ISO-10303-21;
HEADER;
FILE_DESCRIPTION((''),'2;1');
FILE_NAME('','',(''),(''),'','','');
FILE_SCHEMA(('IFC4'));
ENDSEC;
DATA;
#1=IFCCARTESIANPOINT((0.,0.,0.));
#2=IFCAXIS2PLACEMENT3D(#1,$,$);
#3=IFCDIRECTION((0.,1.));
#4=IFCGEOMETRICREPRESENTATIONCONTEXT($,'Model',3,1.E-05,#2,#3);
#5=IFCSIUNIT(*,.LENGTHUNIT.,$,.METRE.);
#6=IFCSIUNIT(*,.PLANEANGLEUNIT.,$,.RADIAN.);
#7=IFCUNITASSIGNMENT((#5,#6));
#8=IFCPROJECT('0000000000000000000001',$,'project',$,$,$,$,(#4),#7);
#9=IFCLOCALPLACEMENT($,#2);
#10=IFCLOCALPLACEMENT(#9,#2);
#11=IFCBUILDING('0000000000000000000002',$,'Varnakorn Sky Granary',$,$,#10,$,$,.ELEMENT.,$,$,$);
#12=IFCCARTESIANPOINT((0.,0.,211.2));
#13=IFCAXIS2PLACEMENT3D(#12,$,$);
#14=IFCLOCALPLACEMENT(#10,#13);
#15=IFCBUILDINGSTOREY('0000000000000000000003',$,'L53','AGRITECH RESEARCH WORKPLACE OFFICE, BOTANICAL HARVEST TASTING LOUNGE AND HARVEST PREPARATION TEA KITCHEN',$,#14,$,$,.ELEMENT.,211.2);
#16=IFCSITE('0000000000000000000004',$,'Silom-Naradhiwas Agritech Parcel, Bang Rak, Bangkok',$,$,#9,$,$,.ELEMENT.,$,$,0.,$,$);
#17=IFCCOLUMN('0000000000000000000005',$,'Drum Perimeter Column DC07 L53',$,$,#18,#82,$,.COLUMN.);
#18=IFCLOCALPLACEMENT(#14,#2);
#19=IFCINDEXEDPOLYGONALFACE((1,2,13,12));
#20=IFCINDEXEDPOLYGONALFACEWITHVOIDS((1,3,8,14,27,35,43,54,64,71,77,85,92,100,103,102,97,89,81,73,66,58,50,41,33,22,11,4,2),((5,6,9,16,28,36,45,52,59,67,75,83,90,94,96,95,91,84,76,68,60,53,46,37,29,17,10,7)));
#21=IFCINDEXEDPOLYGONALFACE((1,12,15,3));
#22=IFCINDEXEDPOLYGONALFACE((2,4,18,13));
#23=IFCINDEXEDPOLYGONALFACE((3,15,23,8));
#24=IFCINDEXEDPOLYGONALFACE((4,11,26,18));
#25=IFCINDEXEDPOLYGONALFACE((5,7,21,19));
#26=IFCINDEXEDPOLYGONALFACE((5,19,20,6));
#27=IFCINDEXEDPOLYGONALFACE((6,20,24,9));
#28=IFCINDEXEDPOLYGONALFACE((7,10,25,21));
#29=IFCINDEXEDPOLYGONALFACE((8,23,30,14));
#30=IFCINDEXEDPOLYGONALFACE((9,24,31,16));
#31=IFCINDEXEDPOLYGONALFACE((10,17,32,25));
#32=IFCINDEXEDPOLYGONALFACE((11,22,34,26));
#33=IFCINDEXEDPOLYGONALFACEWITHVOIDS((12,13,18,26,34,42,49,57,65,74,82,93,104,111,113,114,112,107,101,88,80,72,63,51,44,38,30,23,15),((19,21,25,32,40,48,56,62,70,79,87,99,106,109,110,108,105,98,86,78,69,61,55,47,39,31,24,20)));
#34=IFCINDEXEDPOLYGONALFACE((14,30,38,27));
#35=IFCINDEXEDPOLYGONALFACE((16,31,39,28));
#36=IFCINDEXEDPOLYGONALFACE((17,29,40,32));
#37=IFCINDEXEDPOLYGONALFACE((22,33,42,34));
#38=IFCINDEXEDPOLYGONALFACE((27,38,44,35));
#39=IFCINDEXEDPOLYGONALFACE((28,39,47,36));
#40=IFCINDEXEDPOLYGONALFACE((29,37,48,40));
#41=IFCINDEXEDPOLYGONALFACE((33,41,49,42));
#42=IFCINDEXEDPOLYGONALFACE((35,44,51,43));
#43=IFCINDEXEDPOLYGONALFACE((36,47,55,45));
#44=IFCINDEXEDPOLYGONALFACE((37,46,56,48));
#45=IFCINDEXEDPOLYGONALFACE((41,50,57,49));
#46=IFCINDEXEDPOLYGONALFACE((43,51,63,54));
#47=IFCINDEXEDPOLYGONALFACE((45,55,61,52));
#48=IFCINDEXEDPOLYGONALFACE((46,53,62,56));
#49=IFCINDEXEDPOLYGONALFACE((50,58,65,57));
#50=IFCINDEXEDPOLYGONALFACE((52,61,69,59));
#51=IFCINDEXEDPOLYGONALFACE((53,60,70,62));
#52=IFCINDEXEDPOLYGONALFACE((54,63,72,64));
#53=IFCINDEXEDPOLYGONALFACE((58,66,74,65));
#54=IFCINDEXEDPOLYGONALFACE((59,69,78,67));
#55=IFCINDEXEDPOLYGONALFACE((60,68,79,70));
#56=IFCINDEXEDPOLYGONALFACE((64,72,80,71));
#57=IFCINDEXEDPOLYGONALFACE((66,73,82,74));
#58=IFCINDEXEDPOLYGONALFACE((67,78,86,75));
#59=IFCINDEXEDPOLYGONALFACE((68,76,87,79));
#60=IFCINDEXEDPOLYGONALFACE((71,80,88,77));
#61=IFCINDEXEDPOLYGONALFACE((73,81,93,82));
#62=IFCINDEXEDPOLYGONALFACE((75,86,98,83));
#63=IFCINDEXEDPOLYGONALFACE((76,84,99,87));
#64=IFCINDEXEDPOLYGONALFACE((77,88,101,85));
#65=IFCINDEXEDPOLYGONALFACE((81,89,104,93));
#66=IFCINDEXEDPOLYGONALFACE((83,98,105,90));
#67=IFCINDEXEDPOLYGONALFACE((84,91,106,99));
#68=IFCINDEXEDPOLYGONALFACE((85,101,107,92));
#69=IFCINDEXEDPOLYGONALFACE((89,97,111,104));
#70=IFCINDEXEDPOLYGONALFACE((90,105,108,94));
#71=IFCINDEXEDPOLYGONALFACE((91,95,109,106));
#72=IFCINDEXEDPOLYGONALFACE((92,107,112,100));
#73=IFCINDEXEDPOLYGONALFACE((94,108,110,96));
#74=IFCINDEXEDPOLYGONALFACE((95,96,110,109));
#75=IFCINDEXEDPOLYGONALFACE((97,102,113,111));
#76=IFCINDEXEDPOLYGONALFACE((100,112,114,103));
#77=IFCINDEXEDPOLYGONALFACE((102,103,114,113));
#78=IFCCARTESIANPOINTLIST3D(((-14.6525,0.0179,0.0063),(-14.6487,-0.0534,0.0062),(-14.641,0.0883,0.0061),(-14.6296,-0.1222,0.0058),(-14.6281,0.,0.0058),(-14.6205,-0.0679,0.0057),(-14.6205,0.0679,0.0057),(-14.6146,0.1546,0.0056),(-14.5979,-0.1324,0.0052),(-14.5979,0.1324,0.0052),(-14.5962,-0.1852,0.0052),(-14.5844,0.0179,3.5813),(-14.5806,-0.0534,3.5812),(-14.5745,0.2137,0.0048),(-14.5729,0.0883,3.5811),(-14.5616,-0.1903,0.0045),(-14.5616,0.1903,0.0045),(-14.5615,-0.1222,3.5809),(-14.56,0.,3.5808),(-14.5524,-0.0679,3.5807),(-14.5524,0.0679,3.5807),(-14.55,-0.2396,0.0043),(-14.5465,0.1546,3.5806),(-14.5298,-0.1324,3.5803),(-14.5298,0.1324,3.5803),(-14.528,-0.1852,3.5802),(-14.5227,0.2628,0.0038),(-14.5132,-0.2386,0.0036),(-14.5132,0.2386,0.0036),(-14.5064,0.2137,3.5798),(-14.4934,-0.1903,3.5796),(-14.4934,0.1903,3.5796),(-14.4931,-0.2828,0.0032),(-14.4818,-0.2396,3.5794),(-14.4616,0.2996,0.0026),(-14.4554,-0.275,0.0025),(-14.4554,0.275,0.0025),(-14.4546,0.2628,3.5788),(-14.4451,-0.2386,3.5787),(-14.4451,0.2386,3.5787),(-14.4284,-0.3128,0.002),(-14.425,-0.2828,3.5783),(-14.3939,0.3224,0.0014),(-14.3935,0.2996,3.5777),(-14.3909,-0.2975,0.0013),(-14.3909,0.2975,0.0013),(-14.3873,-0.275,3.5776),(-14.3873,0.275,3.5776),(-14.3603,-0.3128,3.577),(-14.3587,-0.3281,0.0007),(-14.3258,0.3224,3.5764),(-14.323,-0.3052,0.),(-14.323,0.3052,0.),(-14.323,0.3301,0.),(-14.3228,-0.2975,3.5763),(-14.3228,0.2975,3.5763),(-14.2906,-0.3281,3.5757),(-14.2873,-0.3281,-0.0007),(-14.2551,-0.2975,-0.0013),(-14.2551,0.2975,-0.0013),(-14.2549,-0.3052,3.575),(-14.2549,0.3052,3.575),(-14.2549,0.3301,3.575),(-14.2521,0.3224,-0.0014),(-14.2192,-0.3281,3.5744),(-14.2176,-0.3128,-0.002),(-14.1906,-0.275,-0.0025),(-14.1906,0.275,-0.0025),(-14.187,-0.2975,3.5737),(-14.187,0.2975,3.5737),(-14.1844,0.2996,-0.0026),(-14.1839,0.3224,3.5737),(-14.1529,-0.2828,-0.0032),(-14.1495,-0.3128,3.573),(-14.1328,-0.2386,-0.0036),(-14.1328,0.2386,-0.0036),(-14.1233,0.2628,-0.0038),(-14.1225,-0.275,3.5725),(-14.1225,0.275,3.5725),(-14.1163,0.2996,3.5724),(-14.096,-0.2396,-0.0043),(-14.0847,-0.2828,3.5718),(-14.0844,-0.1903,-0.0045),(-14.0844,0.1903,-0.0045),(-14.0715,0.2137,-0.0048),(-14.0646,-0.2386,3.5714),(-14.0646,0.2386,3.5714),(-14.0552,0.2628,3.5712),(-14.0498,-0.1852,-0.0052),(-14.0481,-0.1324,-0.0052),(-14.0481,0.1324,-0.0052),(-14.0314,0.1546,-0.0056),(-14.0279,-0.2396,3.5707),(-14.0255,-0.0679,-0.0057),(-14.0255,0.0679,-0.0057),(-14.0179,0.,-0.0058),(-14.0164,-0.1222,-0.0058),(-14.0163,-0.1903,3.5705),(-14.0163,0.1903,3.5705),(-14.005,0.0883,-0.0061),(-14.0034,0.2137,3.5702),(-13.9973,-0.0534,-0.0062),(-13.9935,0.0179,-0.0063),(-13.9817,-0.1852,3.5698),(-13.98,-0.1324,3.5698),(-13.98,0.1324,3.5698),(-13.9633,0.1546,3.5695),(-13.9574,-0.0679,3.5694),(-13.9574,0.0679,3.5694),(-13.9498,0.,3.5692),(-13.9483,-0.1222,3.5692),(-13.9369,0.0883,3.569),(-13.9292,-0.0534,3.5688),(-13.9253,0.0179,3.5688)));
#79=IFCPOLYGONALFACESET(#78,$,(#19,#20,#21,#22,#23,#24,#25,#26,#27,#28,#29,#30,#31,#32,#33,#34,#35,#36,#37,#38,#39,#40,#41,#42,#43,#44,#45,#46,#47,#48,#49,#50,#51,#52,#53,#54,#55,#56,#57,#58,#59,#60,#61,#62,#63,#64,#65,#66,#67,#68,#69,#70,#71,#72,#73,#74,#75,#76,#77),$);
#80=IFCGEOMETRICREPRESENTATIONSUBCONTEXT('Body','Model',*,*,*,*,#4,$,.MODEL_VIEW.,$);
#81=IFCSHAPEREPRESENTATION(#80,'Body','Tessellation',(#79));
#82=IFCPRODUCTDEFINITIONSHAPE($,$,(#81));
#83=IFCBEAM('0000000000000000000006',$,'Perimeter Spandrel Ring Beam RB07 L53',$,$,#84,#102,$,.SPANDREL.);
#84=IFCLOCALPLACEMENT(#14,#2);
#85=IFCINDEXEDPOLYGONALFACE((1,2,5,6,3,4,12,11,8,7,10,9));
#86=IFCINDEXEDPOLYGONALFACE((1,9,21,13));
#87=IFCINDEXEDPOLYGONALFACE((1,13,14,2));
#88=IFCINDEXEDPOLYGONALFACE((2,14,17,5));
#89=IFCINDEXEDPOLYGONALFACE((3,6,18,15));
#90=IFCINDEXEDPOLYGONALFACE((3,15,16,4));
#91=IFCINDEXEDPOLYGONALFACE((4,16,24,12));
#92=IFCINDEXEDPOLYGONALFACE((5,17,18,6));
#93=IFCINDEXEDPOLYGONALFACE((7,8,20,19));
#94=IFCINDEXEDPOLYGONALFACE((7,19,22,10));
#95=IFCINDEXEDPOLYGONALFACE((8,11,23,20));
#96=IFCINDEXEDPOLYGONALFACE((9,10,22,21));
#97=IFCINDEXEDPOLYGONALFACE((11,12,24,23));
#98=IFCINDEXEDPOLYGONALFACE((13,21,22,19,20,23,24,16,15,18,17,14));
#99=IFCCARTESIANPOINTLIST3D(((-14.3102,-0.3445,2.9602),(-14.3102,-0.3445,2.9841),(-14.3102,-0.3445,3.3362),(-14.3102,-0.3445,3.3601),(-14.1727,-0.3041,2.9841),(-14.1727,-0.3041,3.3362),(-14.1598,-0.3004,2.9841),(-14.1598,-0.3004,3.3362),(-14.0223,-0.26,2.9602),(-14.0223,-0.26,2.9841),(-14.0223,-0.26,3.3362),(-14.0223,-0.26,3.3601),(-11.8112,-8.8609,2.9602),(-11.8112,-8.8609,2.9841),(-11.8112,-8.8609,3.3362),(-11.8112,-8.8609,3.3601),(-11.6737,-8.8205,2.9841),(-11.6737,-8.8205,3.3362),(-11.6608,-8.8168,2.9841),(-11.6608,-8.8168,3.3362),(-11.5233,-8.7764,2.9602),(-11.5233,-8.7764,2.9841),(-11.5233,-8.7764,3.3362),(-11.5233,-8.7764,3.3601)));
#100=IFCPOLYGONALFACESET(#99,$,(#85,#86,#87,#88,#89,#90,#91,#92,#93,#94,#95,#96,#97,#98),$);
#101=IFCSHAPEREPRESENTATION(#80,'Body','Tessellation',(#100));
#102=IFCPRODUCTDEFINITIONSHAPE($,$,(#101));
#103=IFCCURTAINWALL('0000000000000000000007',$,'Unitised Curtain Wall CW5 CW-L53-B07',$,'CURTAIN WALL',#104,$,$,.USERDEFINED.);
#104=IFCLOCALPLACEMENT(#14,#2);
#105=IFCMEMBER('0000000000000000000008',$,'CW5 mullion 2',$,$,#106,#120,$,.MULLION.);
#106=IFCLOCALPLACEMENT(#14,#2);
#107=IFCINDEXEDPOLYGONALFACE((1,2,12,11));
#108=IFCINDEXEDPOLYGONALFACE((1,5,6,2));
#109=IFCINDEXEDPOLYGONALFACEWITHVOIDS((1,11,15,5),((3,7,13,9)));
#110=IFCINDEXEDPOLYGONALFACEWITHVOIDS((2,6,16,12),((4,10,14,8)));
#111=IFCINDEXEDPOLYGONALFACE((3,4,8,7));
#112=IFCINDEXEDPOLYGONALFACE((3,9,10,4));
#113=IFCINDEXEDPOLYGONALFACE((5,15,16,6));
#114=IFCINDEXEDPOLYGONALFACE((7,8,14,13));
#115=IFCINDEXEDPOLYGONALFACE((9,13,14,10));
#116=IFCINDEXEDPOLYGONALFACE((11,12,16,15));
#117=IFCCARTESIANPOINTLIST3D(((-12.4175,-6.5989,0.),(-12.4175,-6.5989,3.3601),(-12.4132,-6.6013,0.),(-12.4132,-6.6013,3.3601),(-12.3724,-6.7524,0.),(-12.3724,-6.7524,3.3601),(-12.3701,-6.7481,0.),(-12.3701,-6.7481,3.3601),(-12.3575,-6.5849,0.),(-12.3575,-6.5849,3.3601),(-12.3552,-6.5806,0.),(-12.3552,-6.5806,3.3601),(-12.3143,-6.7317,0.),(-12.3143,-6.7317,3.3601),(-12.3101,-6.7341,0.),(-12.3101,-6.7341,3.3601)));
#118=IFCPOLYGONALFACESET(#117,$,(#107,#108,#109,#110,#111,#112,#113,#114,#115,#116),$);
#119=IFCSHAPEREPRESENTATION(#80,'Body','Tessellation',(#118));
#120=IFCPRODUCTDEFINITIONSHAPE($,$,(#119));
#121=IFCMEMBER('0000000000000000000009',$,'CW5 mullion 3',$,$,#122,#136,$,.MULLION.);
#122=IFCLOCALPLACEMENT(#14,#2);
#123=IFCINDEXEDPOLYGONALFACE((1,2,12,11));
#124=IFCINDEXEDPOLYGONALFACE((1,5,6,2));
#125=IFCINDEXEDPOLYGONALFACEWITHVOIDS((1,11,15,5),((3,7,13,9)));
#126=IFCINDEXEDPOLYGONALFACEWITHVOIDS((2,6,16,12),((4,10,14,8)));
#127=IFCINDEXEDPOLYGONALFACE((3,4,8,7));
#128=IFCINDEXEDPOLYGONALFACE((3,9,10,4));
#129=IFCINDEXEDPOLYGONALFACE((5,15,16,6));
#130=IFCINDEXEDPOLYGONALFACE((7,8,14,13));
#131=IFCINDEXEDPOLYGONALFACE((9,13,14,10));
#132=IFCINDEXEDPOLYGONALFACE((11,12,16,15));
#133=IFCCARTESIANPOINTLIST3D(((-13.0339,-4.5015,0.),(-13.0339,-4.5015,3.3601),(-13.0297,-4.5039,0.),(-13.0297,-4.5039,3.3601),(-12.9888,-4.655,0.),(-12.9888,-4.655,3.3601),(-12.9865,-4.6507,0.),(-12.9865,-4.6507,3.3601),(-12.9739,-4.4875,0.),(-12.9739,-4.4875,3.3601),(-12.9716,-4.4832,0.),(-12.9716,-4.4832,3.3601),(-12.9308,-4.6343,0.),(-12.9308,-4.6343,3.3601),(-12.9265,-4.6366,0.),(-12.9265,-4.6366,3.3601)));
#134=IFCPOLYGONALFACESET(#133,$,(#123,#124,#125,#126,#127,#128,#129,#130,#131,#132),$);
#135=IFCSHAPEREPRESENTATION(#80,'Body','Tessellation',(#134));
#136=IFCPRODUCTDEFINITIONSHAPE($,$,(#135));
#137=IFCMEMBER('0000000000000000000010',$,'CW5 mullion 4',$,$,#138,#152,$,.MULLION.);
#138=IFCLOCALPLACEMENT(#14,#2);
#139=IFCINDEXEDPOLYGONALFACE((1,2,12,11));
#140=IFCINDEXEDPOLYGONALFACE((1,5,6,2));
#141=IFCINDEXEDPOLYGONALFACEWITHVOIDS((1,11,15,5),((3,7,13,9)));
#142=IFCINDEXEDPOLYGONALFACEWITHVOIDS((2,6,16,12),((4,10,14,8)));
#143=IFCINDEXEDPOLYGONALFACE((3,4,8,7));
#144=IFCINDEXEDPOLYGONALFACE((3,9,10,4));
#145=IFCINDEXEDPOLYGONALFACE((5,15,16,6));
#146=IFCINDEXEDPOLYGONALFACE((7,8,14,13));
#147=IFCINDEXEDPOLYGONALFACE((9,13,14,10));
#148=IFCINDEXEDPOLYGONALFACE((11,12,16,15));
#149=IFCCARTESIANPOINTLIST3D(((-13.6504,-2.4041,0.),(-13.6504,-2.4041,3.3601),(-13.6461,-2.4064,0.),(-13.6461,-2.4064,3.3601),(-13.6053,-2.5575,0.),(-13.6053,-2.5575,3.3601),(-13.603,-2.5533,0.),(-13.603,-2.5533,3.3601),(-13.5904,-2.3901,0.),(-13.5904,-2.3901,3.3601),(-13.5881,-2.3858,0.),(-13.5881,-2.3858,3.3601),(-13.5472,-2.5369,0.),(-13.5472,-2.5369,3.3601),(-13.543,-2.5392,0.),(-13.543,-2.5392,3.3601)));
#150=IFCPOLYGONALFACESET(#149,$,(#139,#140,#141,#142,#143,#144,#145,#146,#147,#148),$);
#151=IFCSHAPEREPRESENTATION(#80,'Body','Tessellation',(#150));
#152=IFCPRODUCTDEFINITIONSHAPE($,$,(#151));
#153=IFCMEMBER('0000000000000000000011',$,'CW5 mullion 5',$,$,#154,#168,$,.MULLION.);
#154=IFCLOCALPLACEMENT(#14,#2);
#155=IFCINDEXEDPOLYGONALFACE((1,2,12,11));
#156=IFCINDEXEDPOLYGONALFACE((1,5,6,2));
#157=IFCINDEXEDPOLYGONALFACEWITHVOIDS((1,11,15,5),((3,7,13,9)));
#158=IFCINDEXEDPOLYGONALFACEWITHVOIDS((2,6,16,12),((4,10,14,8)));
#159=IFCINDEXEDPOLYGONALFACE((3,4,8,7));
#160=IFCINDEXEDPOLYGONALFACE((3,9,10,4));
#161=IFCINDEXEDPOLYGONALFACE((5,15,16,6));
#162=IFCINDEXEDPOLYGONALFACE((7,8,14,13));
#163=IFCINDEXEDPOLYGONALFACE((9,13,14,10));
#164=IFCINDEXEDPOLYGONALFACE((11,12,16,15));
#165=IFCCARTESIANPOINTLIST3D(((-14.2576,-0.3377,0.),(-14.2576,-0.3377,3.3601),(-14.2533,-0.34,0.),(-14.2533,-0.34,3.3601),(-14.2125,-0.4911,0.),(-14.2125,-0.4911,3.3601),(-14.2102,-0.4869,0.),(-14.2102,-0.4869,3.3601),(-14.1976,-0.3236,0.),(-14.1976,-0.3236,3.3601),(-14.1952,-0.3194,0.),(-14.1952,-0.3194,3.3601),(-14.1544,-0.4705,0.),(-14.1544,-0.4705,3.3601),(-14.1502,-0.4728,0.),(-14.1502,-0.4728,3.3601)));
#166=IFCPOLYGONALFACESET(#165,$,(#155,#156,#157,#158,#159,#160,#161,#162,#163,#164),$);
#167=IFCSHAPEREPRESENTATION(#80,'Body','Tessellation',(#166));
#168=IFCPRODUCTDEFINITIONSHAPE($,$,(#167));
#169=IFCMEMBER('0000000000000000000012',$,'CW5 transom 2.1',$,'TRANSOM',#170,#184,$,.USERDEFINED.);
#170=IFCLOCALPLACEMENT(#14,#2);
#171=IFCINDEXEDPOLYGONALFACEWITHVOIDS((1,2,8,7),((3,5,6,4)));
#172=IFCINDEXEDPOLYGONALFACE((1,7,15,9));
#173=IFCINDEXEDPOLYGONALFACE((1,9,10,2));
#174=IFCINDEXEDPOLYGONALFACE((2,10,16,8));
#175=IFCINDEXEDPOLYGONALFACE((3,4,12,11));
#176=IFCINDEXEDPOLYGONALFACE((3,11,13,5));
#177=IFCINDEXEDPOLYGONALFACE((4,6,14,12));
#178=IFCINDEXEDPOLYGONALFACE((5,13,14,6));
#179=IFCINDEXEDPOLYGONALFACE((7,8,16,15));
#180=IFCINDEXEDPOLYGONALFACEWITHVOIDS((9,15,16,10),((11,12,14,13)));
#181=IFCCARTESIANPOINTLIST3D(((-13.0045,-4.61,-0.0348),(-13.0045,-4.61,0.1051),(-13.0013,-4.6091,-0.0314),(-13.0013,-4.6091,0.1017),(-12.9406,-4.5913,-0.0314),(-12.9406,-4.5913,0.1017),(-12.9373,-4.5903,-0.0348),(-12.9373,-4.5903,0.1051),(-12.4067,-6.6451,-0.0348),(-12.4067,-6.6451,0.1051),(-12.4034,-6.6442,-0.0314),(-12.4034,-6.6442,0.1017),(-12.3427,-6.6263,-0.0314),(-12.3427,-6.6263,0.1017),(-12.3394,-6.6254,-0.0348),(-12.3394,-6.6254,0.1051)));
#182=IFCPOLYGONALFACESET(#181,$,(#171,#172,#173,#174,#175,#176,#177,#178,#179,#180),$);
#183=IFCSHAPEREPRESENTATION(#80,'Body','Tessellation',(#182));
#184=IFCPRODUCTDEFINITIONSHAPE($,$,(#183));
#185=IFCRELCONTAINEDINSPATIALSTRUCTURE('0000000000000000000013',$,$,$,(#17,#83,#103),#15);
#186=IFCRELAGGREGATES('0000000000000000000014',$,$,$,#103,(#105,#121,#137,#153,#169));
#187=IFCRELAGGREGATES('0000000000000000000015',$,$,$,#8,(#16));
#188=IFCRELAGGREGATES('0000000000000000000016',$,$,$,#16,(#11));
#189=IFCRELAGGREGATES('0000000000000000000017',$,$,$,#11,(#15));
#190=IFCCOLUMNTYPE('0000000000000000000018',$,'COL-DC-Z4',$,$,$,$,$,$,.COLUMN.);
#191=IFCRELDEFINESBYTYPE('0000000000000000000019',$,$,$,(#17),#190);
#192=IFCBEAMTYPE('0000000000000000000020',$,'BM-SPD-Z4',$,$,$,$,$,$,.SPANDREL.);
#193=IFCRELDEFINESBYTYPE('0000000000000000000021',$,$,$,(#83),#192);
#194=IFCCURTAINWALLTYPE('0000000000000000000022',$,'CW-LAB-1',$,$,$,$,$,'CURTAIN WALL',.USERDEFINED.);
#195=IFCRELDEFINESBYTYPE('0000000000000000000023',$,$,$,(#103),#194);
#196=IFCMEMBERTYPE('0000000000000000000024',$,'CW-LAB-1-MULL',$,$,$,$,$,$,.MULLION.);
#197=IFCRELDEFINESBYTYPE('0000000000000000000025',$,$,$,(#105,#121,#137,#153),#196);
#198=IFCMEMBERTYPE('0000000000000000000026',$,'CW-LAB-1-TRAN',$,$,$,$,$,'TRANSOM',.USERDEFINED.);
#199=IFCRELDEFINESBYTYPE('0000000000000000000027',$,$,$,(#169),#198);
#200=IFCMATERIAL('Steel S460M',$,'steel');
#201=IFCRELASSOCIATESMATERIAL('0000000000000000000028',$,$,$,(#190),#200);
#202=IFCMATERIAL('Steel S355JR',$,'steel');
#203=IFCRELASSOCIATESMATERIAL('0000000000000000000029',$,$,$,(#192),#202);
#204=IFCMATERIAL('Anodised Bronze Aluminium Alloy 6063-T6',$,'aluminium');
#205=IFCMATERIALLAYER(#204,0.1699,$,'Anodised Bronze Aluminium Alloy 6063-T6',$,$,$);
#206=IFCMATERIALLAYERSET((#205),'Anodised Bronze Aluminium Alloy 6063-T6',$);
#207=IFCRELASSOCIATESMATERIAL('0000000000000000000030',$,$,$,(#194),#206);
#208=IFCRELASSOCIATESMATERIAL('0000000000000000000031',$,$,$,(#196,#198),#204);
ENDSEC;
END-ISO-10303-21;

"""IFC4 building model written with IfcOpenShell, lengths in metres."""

from ifc_helpers import new_model, si_unit, direction, frame, origin, origin_2d, place, context, subcontext, project, spatial, hollow_rectangle, hollow_circle, i_section, extrude, material, layer, layer_set, material_profile, profile_set, type_object, element, aggregate, save


model = new_model("IFC4")

# Units and contexts
model_context = context("Model", 3, precision=1e-05, world=origin(), true_north=direction((0.0, 1.0)))
body_context = subcontext(model_context, "Body", "Model", "MODEL_VIEW")
ifc_project = project(units=[si_unit("LENGTHUNIT", "METRE"), si_unit("PLANEANGLEUNIT", "RADIAN")], contexts=[model_context])

# Site, building, storey
site_placement = place(None, origin())
site = spatial("IfcSite", under=ifc_project, at=site_placement, Name="Silom-Naradhiwas Agritech Parcel, Bang Rak, Bangkok", CompositionType="ELEMENT", RefElevation=0.0)
building_placement = place(site_placement, origin())
building = spatial("IfcBuilding", under=site, at=building_placement, Name="Varnakorn Sky Granary", CompositionType="ELEMENT")
storey_placement = place(building_placement, frame((0.0, 0.0, 211.2)))
storey = spatial("IfcBuildingStorey", under=building, at=storey_placement, Name="L53", Description="AGRITECH RESEARCH WORKPLACE OFFICE, BOTANICAL HARVEST TASTING LOUNGE AND HARVEST PREPARATION TEA KITCHEN", CompositionType="ELEMENT", Elevation=211.2)

# Column
ifc_material_1 = material(Name="Steel S460M", Category="steel")
ifc_material_profile_1 = material_profile(ifc_material_1, hollow_circle(Radius=0.3301, WallThickness=0.0249, at=origin_2d()), Name="CHS 660x25")
ifc_profile_set_1 = profile_set([ifc_material_profile_1], Name="Steel S460M")
column_type = type_object("IfcColumnType", Name="COL-DC-Z4", PredefinedType="COLUMN", material=ifc_profile_set_1)
column_placement = place(storey_placement, frame((-14.323, 0.0, 0.0), z_axis=(0.01905, 0.0, 0.999819), x_axis=(0.0, 1.0, 0.0)))
element("IfcColumn", 1, at=column_placement, inside=storey, type_object=column_type, Name="Drum Perimeter Column DC07 L53", PredefinedType="COLUMN", context=body_context, shape_type="SweptSolid", body=[
    extrude(hollow_circle(Radius=0.3301, WallThickness=0.0249, at=origin_2d()), origin(), (0.0, 0.0, 1.0), 3.5757),
])

# Beam
ifc_material_2 = material(Name="Steel S355JR", Category="steel")
ifc_material_profile_2 = material_profile(ifc_material_2, i_section(OverallWidth=0.3, OverallDepth=0.3999, WebThickness=0.0134, FlangeThickness=0.0239, at=origin_2d()), Name="HE 400 B")
ifc_profile_set_2 = profile_set([ifc_material_profile_2], Name="Steel S355JR")
beam_type = type_object("IfcBeamType", Name="BM-SPD-Z4", PredefinedType="SPANDREL", material=ifc_profile_set_2)
beam_placement = place(storey_placement, frame((-14.1663, -0.3022, 3.1602), z_axis=(0.281566, -0.959542, 0.0), x_axis=(0.959542, 0.281566, 0.0)))
element("IfcBeam", 2, at=beam_placement, inside=storey, type_object=beam_type, Name="Perimeter Spandrel Ring Beam RB07 L53", PredefinedType="SPANDREL", context=body_context, shape_type="SweptSolid", body=[
    extrude(i_section(OverallWidth=0.3, OverallDepth=0.3999, WebThickness=0.0134, FlangeThickness=0.0239, at=origin_2d()), origin(), (0.0, 0.0, 1.0), 8.8755),
])

# Curtain wall, members
ifc_material_3 = material(Name="Anodised Bronze Aluminium Alloy 6063-T6", Category="aluminium")
ifc_layer_1 = layer(ifc_material_3, 0.1699, Name="Anodised Bronze Aluminium Alloy 6063-T6")
ifc_layer_set_1 = layer_set([ifc_layer_1], Name="Anodised Bronze Aluminium Alloy 6063-T6")
curtain_wall_type = type_object("IfcCurtainWallType", Name="CW-LAB-1", ElementType="CURTAIN WALL", PredefinedType="USERDEFINED", material=ifc_layer_set_1)
curtain_wall_placement = place(storey_placement, origin())
curtain_wall = element("IfcCurtainWall", 3, at=curtain_wall_placement, inside=storey, type_object=curtain_wall_type, Name="Unitised Curtain Wall CW5 CW-L53-B07", ObjectType="CURTAIN WALL", PredefinedType="USERDEFINED")
ifc_material_profile_3 = material_profile(ifc_material_3, hollow_rectangle(XDim=0.0649, YDim=0.1599, WallThickness=0.0034, at=origin_2d()), Name="ALU MULL 65x160")
ifc_profile_set_3 = profile_set([ifc_material_profile_3], Name="Anodised Bronze Aluminium Alloy 6063-T6")
member_type_1 = type_object("IfcMemberType", Name="CW-LAB-1-MULL", PredefinedType="MULLION", material=ifc_profile_set_3)
member_1_placement = place(storey_placement, frame((-12.3638, -6.6665, 0.0), z_axis=(0.0, 0.0, 1.0), x_axis=(-0.959425, -0.281963, 0.0)))
member_1 = element("IfcMember", 4, at=member_1_placement, type_object=member_type_1, Name="CW5 mullion 2", PredefinedType="MULLION", context=body_context, shape_type="SweptSolid", body=[
    extrude(hollow_rectangle(XDim=0.0649, YDim=0.1599, WallThickness=0.0034, at=origin_2d()), origin(), (0.0, 0.0, 1.0), 3.3601),
])
member_2_placement = place(storey_placement, frame((-12.9802, -4.5691, 0.0), z_axis=(0.0, 0.0, 1.0), x_axis=(-0.959425, -0.281963, 0.0)))
member_2 = element("IfcMember", 5, at=member_2_placement, type_object=member_type_1, Name="CW5 mullion 3", PredefinedType="MULLION", context=body_context, shape_type="SweptSolid", body=[
    extrude(hollow_rectangle(XDim=0.0649, YDim=0.1599, WallThickness=0.0034, at=origin_2d()), origin(), (0.0, 0.0, 1.0), 3.3601),
])
member_3_placement = place(storey_placement, frame((-13.5967, -2.4717, 0.0), z_axis=(0.0, 0.0, 1.0), x_axis=(-0.959425, -0.281963, 0.0)))
member_3 = element("IfcMember", 6, at=member_3_placement, type_object=member_type_1, Name="CW5 mullion 4", PredefinedType="MULLION", context=body_context, shape_type="SweptSolid", body=[
    extrude(hollow_rectangle(XDim=0.0649, YDim=0.1599, WallThickness=0.0034, at=origin_2d()), origin(), (0.0, 0.0, 1.0), 3.3601),
])
member_4_placement = place(storey_placement, frame((-14.2039, -0.4053, 0.0), z_axis=(0.0, 0.0, 1.0), x_axis=(-0.959425, -0.281963, 0.0)))
member_4 = element("IfcMember", 7, at=member_4_placement, type_object=member_type_1, Name="CW5 mullion 5", PredefinedType="MULLION", context=body_context, shape_type="SweptSolid", body=[
    extrude(hollow_rectangle(XDim=0.0649, YDim=0.1599, WallThickness=0.0034, at=origin_2d()), origin(), (0.0, 0.0, 1.0), 3.3601),
])
ifc_material_profile_4 = material_profile(ifc_material_3, hollow_rectangle(XDim=0.0701, YDim=0.1399, WallThickness=0.0034, at=origin_2d()), Name="ALU TRAN 70x140")
ifc_profile_set_4 = profile_set([ifc_material_profile_4], Name="Anodised Bronze Aluminium Alloy 6063-T6")
member_type_2 = type_object("IfcMemberType", Name="CW-LAB-1-TRAN", ElementType="TRANSOM", PredefinedType="USERDEFINED", material=ifc_profile_set_4)
member_5_placement = place(storey_placement, frame((-12.373, -6.6353, 0.0352), z_axis=(-0.281873, 0.959452, 0.0), x_axis=(-0.959452, -0.281873, 0.0)))
member_5 = element("IfcMember", 8, at=member_5_placement, type_object=member_type_2, Name="CW5 transom 2.1", ObjectType="TRANSOM", PredefinedType="USERDEFINED", context=body_context, shape_type="SweptSolid", body=[
    extrude(hollow_rectangle(XDim=0.0701, YDim=0.1399, WallThickness=0.0034, at=origin_2d()), origin(), (0.0, 0.0, 1.0), 2.1211),
])

aggregate(curtain_wall, [member_1, member_2, member_3, member_4, member_5])

save(model, "model.ifc")
